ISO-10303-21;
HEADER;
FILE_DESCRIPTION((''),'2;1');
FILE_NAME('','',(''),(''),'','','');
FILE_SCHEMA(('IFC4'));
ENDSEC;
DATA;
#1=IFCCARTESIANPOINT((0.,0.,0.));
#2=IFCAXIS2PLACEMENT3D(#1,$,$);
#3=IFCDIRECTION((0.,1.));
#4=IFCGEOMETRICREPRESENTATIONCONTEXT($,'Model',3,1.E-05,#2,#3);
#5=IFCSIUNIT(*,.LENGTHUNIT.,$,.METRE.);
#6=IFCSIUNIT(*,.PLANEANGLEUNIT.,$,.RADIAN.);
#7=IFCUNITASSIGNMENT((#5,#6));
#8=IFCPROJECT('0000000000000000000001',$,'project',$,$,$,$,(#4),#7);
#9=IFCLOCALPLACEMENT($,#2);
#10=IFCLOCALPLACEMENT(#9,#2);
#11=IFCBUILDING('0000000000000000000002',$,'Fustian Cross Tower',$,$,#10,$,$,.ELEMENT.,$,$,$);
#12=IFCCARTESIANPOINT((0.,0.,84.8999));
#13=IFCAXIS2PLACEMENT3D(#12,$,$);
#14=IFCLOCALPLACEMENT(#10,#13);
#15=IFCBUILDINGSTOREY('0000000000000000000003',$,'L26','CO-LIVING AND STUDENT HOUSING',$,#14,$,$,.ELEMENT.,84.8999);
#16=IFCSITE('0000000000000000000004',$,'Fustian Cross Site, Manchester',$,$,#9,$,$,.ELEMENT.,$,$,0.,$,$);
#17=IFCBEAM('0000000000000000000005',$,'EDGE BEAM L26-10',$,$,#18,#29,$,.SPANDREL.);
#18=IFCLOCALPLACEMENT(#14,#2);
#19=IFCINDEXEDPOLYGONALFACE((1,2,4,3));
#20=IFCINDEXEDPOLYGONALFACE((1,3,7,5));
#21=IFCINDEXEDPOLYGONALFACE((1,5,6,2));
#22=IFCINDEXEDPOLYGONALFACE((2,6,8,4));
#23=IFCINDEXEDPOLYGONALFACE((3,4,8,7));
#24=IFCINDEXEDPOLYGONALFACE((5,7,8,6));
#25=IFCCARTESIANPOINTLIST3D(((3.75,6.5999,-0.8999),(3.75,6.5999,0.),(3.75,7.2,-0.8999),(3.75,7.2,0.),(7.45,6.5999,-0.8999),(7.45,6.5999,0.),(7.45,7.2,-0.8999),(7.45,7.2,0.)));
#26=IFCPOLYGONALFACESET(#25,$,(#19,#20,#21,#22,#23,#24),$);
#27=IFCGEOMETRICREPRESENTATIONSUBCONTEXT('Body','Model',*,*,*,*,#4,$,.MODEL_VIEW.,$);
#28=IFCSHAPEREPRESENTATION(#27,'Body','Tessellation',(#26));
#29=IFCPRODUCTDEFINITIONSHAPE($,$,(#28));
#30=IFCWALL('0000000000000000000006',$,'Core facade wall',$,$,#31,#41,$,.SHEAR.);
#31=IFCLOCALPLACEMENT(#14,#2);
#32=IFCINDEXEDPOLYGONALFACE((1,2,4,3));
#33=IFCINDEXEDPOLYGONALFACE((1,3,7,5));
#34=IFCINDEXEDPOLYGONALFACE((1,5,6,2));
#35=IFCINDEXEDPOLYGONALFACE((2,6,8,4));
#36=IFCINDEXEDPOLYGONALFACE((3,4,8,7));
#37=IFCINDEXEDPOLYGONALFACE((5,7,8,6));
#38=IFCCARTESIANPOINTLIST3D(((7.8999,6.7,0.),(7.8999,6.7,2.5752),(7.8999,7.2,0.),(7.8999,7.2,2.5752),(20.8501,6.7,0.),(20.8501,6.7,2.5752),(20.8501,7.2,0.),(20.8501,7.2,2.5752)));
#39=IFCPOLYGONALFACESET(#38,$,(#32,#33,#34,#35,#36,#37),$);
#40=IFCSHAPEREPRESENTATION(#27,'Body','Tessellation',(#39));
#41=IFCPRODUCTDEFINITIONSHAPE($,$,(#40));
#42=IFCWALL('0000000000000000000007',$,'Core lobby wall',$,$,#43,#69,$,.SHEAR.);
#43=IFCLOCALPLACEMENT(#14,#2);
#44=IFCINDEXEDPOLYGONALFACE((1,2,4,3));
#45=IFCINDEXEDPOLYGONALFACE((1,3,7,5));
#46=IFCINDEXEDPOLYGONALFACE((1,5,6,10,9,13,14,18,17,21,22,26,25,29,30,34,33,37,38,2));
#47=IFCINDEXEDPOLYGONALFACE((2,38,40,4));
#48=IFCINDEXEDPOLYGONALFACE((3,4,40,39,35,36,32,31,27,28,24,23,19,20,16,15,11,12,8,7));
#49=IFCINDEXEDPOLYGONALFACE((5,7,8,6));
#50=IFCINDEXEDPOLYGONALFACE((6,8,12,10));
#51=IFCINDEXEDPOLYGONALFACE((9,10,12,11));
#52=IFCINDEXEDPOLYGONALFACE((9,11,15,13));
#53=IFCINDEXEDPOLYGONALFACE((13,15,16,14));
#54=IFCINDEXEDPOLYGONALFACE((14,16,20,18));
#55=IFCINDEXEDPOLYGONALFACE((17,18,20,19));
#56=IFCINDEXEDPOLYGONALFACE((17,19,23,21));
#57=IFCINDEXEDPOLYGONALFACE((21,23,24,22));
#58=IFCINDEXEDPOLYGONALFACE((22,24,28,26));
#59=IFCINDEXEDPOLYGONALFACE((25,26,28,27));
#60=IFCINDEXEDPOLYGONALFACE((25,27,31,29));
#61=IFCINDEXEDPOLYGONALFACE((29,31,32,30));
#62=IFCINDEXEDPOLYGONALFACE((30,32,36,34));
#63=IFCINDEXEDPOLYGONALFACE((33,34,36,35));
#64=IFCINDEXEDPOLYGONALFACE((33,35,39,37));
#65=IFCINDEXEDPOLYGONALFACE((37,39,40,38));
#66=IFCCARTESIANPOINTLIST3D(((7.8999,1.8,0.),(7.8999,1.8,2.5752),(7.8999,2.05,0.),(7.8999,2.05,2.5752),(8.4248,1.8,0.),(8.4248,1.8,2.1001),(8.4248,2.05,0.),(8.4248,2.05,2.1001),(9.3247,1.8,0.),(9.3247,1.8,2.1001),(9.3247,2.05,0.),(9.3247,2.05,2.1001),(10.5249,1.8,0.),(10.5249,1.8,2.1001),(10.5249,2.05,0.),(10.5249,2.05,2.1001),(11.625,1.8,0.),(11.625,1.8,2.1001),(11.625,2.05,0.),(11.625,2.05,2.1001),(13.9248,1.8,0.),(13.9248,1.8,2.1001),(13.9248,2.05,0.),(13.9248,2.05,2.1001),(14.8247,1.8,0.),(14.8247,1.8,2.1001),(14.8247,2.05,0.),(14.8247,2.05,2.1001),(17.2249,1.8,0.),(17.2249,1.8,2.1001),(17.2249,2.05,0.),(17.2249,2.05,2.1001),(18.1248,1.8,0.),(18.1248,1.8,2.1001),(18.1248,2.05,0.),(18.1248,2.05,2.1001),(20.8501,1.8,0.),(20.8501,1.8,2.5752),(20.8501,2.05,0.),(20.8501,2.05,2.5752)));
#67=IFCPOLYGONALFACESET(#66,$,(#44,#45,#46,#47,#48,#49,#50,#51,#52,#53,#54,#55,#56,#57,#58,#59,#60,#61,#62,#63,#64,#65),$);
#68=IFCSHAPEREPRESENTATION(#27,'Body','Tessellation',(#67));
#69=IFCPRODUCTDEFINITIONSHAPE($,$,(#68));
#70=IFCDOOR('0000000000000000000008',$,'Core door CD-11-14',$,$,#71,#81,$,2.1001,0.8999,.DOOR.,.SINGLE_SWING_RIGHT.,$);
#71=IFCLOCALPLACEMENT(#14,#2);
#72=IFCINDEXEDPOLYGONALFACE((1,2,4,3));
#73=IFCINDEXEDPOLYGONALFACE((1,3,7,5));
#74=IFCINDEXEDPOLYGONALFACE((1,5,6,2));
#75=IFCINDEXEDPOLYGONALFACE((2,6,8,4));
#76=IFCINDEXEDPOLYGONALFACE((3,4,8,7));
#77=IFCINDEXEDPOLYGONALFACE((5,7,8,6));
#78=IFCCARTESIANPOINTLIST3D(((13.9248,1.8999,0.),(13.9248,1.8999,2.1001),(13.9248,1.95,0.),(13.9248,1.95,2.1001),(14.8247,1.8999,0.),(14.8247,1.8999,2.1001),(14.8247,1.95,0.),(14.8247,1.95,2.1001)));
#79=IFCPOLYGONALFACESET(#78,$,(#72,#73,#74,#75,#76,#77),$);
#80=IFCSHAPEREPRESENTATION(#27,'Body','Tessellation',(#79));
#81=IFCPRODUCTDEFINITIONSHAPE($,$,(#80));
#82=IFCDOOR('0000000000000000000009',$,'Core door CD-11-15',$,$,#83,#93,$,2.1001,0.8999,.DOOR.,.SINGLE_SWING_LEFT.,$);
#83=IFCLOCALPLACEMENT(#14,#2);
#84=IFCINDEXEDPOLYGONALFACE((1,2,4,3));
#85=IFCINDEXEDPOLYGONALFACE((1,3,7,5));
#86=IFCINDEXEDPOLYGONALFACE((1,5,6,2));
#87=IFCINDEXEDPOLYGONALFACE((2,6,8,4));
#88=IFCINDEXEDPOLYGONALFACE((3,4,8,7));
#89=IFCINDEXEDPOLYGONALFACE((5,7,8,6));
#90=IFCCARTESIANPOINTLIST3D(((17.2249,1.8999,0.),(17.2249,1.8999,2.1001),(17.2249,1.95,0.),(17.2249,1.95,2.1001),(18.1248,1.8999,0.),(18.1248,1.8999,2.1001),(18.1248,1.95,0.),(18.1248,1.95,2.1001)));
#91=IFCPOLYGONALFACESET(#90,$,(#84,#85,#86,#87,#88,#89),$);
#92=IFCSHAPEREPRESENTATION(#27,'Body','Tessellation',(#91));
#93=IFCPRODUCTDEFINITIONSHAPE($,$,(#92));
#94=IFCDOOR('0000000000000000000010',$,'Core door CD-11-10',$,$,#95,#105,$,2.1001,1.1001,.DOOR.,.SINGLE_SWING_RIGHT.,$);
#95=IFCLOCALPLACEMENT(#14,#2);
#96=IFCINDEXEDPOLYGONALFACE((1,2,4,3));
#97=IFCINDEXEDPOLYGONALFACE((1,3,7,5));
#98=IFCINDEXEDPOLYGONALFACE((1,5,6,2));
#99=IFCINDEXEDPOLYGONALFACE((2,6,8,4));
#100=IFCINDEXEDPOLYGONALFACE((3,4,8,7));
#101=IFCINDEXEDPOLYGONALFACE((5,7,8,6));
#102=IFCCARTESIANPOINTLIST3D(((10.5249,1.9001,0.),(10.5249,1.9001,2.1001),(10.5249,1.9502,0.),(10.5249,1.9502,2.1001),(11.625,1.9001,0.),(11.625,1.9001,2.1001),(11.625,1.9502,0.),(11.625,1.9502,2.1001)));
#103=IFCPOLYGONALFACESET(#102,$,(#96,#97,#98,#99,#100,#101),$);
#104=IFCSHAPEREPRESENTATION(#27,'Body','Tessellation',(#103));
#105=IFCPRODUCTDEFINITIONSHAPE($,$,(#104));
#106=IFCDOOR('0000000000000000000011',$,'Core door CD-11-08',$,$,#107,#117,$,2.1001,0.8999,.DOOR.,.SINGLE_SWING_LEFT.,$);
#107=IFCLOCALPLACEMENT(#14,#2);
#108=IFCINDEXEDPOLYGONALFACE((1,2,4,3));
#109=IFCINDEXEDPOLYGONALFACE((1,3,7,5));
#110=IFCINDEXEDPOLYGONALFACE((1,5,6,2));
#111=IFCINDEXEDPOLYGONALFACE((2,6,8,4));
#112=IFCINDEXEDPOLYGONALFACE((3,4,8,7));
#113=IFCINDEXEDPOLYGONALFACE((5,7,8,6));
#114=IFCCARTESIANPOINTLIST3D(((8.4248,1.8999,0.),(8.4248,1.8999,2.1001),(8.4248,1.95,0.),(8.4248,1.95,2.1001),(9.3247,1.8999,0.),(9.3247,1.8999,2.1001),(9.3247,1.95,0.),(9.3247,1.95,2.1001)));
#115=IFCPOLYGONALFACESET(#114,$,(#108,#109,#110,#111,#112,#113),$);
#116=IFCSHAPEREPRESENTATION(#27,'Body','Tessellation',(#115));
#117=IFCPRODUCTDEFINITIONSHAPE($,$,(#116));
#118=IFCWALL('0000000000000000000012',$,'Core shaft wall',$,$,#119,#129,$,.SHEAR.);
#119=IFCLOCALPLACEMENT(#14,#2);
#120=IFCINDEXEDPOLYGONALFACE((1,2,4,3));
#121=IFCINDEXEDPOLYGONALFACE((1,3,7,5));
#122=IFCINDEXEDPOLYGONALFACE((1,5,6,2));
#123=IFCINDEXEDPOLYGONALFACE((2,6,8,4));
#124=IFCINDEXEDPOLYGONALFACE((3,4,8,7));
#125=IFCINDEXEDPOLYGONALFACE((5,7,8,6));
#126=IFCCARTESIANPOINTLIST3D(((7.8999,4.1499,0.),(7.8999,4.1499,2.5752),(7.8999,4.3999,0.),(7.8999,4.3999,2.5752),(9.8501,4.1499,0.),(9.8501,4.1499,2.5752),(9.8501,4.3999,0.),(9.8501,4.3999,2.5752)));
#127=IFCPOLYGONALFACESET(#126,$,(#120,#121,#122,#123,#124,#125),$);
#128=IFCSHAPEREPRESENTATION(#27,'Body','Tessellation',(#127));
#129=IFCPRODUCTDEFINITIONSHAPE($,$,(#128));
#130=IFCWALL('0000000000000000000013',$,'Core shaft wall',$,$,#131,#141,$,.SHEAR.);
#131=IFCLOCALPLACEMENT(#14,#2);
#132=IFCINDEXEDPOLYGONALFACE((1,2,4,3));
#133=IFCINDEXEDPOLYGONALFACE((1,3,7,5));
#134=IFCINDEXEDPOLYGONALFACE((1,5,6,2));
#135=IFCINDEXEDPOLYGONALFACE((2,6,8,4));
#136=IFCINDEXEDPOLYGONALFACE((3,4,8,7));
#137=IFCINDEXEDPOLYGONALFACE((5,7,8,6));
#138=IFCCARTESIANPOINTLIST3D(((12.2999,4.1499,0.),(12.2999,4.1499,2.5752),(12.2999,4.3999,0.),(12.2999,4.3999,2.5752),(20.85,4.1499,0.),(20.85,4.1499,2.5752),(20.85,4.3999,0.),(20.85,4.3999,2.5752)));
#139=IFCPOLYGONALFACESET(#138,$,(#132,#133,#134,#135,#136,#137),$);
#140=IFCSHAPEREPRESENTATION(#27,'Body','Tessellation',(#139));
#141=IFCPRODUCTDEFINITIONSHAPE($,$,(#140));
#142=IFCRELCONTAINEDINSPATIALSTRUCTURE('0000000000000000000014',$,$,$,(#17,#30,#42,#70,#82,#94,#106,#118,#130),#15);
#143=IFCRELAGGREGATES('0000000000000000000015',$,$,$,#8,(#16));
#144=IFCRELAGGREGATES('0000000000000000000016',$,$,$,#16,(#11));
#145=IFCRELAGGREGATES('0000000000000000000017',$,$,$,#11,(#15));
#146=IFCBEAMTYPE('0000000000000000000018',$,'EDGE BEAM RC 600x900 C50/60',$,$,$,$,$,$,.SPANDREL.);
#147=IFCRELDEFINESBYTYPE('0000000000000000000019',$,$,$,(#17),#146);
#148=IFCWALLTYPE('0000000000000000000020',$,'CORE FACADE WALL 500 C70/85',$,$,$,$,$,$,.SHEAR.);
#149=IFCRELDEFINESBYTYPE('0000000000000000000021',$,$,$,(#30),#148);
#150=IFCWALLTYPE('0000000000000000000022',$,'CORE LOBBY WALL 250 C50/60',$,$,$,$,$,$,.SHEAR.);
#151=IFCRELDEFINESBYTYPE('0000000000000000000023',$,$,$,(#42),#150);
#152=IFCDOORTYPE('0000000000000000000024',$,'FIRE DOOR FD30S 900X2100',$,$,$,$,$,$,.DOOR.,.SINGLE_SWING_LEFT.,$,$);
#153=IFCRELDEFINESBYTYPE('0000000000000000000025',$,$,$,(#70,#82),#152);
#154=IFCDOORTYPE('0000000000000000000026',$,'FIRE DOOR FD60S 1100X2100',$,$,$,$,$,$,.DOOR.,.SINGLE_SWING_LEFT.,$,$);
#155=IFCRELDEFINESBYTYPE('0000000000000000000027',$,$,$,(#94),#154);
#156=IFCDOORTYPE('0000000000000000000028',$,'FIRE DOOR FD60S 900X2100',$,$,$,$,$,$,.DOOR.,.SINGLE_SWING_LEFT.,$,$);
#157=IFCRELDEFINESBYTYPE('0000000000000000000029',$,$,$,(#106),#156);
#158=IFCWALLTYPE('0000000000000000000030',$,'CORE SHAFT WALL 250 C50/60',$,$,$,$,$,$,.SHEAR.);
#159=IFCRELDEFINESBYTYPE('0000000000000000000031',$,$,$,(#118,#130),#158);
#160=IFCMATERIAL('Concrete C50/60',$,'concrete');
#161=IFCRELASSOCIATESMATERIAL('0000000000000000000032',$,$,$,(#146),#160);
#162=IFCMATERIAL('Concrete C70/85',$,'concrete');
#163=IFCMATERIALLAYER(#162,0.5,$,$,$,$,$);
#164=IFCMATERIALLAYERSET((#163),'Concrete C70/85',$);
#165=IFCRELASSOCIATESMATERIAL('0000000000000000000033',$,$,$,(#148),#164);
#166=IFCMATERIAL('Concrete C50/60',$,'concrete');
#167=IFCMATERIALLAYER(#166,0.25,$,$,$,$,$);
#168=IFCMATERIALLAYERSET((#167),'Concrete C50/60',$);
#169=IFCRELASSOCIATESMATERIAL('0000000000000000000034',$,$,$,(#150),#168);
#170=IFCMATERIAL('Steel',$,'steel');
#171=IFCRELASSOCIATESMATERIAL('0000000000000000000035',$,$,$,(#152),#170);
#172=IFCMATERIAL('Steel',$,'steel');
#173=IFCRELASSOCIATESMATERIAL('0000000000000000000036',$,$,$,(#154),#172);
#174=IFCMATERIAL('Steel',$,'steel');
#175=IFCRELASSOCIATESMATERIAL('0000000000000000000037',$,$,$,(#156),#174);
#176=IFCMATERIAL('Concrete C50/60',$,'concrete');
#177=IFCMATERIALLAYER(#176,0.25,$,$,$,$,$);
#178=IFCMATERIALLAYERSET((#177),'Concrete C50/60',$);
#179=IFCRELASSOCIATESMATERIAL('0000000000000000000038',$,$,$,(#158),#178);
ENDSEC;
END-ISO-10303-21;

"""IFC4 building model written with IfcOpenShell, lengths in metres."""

from ifc_helpers import new_model, si_unit, direction, frame, frame_2d, origin, origin_2d, place, context, subcontext, project, spatial, rectangle, extrude, material, layer, layer_set, material_profile, profile_set, type_object, element, fill, save


model = new_model("IFC4")

# Units and contexts
model_context = context("Model", 3, precision=1e-05, world=origin(), true_north=direction((0.0, 1.0)))
body_context = subcontext(model_context, "Body", "Model", "MODEL_VIEW")
ifc_project = project(units=[si_unit("LENGTHUNIT", "METRE"), si_unit("PLANEANGLEUNIT", "RADIAN")], contexts=[model_context])

# Site, building, storey
site_placement = place(None, origin())
site = spatial("IfcSite", under=ifc_project, at=site_placement, Name="Fustian Cross Site, Manchester", CompositionType="ELEMENT", RefElevation=0.0)
building_placement = place(site_placement, origin())
building = spatial("IfcBuilding", under=site, at=building_placement, Name="Fustian Cross Tower", CompositionType="ELEMENT")
storey_placement = place(building_placement, frame((0.0, 0.0, 84.8999)))
storey = spatial("IfcBuildingStorey", under=building, at=storey_placement, Name="L26", Description="CO-LIVING AND STUDENT HOUSING", CompositionType="ELEMENT", Elevation=84.8999)

# Beam
ifc_material_1 = material(Name="Concrete C50/60", Category="concrete")
ifc_material_profile = material_profile(ifc_material_1, rectangle(XDim=0.6001, YDim=0.8999, at=origin_2d()), Name="RC 600x900")
ifc_profile_set = profile_set([ifc_material_profile], Name="Concrete C50/60")
beam_type = type_object("IfcBeamType", Name="EDGE BEAM RC 600x900 C50/60", PredefinedType="SPANDREL", material=ifc_profile_set)
beam_placement = place(storey_placement, frame((7.45, 6.8999, -0.45), z_axis=(-1.0, 0.0, 0.0), x_axis=(0.0, -1.0, 0.0)))
element("IfcBeam", 1, at=beam_placement, inside=storey, type_object=beam_type, Name="EDGE BEAM L26-10", PredefinedType="SPANDREL", context=body_context, shape_type="SweptSolid", body=[
    extrude(rectangle(XDim=0.6001, YDim=0.8999, at=origin_2d()), origin(), (0.0, 0.0, 1.0), 3.7),
])

# Wall
ifc_material_2 = material(Name="Concrete C70/85", Category="concrete")
ifc_layer_1 = layer(ifc_material_2, 0.5)
ifc_layer_set_1 = layer_set([ifc_layer_1], Name="Concrete C70/85")
wall_type_1 = type_object("IfcWallType", Name="CORE FACADE WALL 500 C70/85", PredefinedType="SHEAR", material=ifc_layer_set_1)
wall_1_placement = place(storey_placement, frame((7.8999, 6.95, 0.0), z_axis=(0.0, 0.0, 1.0), x_axis=(1.0, 0.0, 0.0)))
element("IfcWall", 2, at=wall_1_placement, inside=storey, type_object=wall_type_1, Name="Core facade wall", PredefinedType="SHEAR", context=body_context, shape_type="SweptSolid", body=[
    extrude(rectangle(XDim=12.9502, YDim=0.5, at=frame_2d((6.4751, 0.0))), origin(), (0.0, 0.0, 1.0), 2.5752),
])

# Wall, openings, doors
ifc_material_3 = material(Name="Concrete C50/60", Category="concrete")
ifc_layer_2 = layer(ifc_material_3, 0.25)
ifc_layer_set_2 = layer_set([ifc_layer_2], Name="Concrete C50/60")
wall_type_2 = type_object("IfcWallType", Name="CORE LOBBY WALL 250 C50/60", PredefinedType="SHEAR", material=ifc_layer_set_2)
wall_2_placement = place(storey_placement, frame((7.8999, 1.925, 0.0), z_axis=(0.0, 0.0, 1.0), x_axis=(1.0, 0.0, 0.0)))
wall_2 = element("IfcWall", 3, at=wall_2_placement, inside=storey, type_object=wall_type_2, Name="Core lobby wall", PredefinedType="SHEAR", context=body_context, shape_type="SweptSolid", body=[
    extrude(rectangle(XDim=12.9502, YDim=0.25, at=frame_2d((6.4751, 0.0))), origin(), (0.0, 0.0, 1.0), 2.5752),
])
opening_1_placement = place(wall_2_placement, frame((0.5249, 0.0, 0.0)))
opening_1 = element("IfcOpeningElement", 4, at=opening_1_placement, cuts=wall_2, PredefinedType="OPENING", context=body_context, shape_type="SweptSolid", body=[
    extrude(rectangle(XDim=0.8999, YDim=2.1001, at=frame_2d((0.45, 1.05))), frame((0.0, 0.135, 0.0), z_axis=(0.0, -1.0, 0.0), x_axis=(1.0, 0.0, 0.0)), (0.0, 0.0, 1.0), 0.27),
])
opening_2_placement = place(wall_2_placement, frame((2.625, 0.0, 0.0)))
opening_2 = element("IfcOpeningElement", 5, at=opening_2_placement, cuts=wall_2, PredefinedType="OPENING", context=body_context, shape_type="SweptSolid", body=[
    extrude(rectangle(XDim=1.1001, YDim=2.1001, at=frame_2d((0.55, 1.05))), frame((0.0, 0.135, 0.0), z_axis=(0.0, -1.0, 0.0), x_axis=(1.0, 0.0, 0.0)), (0.0, 0.0, 1.0), 0.27),
])
opening_3_placement = place(wall_2_placement, frame((6.0249, 0.0, 0.0)))
opening_3 = element("IfcOpeningElement", 6, at=opening_3_placement, cuts=wall_2, PredefinedType="OPENING", context=body_context, shape_type="SweptSolid", body=[
    extrude(rectangle(XDim=0.8999, YDim=2.1001, at=frame_2d((0.45, 1.05))), frame((0.0, 0.135, 0.0), z_axis=(0.0, -1.0, 0.0), x_axis=(1.0, 0.0, 0.0)), (0.0, 0.0, 1.0), 0.27),
])
opening_4_placement = place(wall_2_placement, frame((9.325, 0.0, 0.0)))
opening_4 = element("IfcOpeningElement", 7, at=opening_4_placement, cuts=wall_2, PredefinedType="OPENING", context=body_context, shape_type="SweptSolid", body=[
    extrude(rectangle(XDim=0.8999, YDim=2.1001, at=frame_2d((0.45, 1.05))), frame((0.0, 0.135, 0.0), z_axis=(0.0, -1.0, 0.0), x_axis=(1.0, 0.0, 0.0)), (0.0, 0.0, 1.0), 0.27),
])
ifc_material_4 = material(Name="Steel", Category="steel")
door_type_1 = type_object("IfcDoorType", Name="FIRE DOOR FD30S 900X2100", OperationType="SINGLE_SWING_LEFT", PredefinedType="DOOR", material=ifc_material_4)
door_1_placement = place(opening_3_placement, origin())
door_1 = element("IfcDoor", 8, at=door_1_placement, inside=storey, type_object=door_type_1, Name="Core door CD-11-14", OperationType="SINGLE_SWING_RIGHT", OverallHeight=2.1001, OverallWidth=0.8999, PredefinedType="DOOR", context=body_context, shape_type="SweptSolid", body=[
    extrude(rectangle(XDim=0.8999, YDim=2.1001, at=frame_2d((0.45, 1.05))), frame((0.0, 0.0249, 0.0), z_axis=(0.0, -1.0, 0.0), x_axis=(1.0, 0.0, 0.0)), (0.0, 0.0, 1.0), 0.05),
])
fill(opening_3, door_1)
door_2_placement = place(opening_4_placement, origin())
door_2 = element("IfcDoor", 9, at=door_2_placement, inside=storey, type_object=door_type_1, Name="Core door CD-11-15", OperationType="SINGLE_SWING_LEFT", OverallHeight=2.1001, OverallWidth=0.8999, PredefinedType="DOOR", context=body_context, shape_type="SweptSolid", body=[
    extrude(rectangle(XDim=0.8999, YDim=2.1001, at=frame_2d((0.45, 1.05))), frame((0.0, 0.0249, 0.0), z_axis=(0.0, -1.0, 0.0), x_axis=(1.0, 0.0, 0.0)), (0.0, 0.0, 1.0), 0.05),
])
fill(opening_4, door_2)
ifc_material_5 = material(Name="Steel", Category="steel")
door_type_2 = type_object("IfcDoorType", Name="FIRE DOOR FD60S 1100X2100", OperationType="SINGLE_SWING_LEFT", PredefinedType="DOOR", material=ifc_material_5)
door_3_placement = place(opening_2_placement, frame((1.1001, 0.0, 0.0), z_axis=(0.0, 0.0, 1.0), x_axis=(-1.0, 0.0, 0.0)))
door_3 = element("IfcDoor", 10, at=door_3_placement, inside=storey, type_object=door_type_2, Name="Core door CD-11-10", OperationType="SINGLE_SWING_RIGHT", OverallHeight=2.1001, OverallWidth=1.1001, PredefinedType="DOOR", context=body_context, shape_type="SweptSolid", body=[
    extrude(rectangle(XDim=1.1001, YDim=2.1001, at=frame_2d((0.55, 1.05))), frame((0.0, 0.0249, 0.0), z_axis=(0.0, -1.0, 0.0), x_axis=(1.0, 0.0, 0.0)), (0.0, 0.0, 1.0), 0.05),
])
fill(opening_2, door_3)
ifc_material_6 = material(Name="Steel", Category="steel")
door_type_3 = type_object("IfcDoorType", Name="FIRE DOOR FD60S 900X2100", OperationType="SINGLE_SWING_LEFT", PredefinedType="DOOR", material=ifc_material_6)
door_4_placement = place(opening_1_placement, origin())
door_4 = element("IfcDoor", 11, at=door_4_placement, inside=storey, type_object=door_type_3, Name="Core door CD-11-08", OperationType="SINGLE_SWING_LEFT", OverallHeight=2.1001, OverallWidth=0.8999, PredefinedType="DOOR", context=body_context, shape_type="SweptSolid", body=[
    extrude(rectangle(XDim=0.8999, YDim=2.1001, at=frame_2d((0.45, 1.05))), frame((0.0, 0.0249, 0.0), z_axis=(0.0, -1.0, 0.0), x_axis=(1.0, 0.0, 0.0)), (0.0, 0.0, 1.0), 0.05),
])
fill(opening_1, door_4)

# Walls
ifc_material_7 = material(Name="Concrete C50/60", Category="concrete")
ifc_layer_3 = layer(ifc_material_7, 0.25)
ifc_layer_set_3 = layer_set([ifc_layer_3], Name="Concrete C50/60")
wall_type_3 = type_object("IfcWallType", Name="CORE SHAFT WALL 250 C50/60", PredefinedType="SHEAR", material=ifc_layer_set_3)
wall_3_placement = place(storey_placement, frame((7.8999, 4.2749, 0.0), z_axis=(0.0, 0.0, 1.0), x_axis=(1.0, 0.0, 0.0)))
element("IfcWall", 12, at=wall_3_placement, inside=storey, type_object=wall_type_3, Name="Core shaft wall", PredefinedType="SHEAR", context=body_context, shape_type="SweptSolid", body=[
    extrude(rectangle(XDim=1.9502, YDim=0.25, at=frame_2d((0.9751, 0.0))), origin(), (0.0, 0.0, 1.0), 2.5752),
])
wall_4_placement = place(storey_placement, frame((12.3, 4.2749, 0.0), z_axis=(0.0, 0.0, 1.0), x_axis=(1.0, 0.0, 0.0)))
element("IfcWall", 13, at=wall_4_placement, inside=storey, type_object=wall_type_3, Name="Core shaft wall", PredefinedType="SHEAR", context=body_context, shape_type="SweptSolid", body=[
    extrude(rectangle(XDim=8.55, YDim=0.25, at=frame_2d((4.2749, 0.0))), origin(), (0.0, 0.0, 1.0), 2.5752),
])

save(model, "model.ifc")
